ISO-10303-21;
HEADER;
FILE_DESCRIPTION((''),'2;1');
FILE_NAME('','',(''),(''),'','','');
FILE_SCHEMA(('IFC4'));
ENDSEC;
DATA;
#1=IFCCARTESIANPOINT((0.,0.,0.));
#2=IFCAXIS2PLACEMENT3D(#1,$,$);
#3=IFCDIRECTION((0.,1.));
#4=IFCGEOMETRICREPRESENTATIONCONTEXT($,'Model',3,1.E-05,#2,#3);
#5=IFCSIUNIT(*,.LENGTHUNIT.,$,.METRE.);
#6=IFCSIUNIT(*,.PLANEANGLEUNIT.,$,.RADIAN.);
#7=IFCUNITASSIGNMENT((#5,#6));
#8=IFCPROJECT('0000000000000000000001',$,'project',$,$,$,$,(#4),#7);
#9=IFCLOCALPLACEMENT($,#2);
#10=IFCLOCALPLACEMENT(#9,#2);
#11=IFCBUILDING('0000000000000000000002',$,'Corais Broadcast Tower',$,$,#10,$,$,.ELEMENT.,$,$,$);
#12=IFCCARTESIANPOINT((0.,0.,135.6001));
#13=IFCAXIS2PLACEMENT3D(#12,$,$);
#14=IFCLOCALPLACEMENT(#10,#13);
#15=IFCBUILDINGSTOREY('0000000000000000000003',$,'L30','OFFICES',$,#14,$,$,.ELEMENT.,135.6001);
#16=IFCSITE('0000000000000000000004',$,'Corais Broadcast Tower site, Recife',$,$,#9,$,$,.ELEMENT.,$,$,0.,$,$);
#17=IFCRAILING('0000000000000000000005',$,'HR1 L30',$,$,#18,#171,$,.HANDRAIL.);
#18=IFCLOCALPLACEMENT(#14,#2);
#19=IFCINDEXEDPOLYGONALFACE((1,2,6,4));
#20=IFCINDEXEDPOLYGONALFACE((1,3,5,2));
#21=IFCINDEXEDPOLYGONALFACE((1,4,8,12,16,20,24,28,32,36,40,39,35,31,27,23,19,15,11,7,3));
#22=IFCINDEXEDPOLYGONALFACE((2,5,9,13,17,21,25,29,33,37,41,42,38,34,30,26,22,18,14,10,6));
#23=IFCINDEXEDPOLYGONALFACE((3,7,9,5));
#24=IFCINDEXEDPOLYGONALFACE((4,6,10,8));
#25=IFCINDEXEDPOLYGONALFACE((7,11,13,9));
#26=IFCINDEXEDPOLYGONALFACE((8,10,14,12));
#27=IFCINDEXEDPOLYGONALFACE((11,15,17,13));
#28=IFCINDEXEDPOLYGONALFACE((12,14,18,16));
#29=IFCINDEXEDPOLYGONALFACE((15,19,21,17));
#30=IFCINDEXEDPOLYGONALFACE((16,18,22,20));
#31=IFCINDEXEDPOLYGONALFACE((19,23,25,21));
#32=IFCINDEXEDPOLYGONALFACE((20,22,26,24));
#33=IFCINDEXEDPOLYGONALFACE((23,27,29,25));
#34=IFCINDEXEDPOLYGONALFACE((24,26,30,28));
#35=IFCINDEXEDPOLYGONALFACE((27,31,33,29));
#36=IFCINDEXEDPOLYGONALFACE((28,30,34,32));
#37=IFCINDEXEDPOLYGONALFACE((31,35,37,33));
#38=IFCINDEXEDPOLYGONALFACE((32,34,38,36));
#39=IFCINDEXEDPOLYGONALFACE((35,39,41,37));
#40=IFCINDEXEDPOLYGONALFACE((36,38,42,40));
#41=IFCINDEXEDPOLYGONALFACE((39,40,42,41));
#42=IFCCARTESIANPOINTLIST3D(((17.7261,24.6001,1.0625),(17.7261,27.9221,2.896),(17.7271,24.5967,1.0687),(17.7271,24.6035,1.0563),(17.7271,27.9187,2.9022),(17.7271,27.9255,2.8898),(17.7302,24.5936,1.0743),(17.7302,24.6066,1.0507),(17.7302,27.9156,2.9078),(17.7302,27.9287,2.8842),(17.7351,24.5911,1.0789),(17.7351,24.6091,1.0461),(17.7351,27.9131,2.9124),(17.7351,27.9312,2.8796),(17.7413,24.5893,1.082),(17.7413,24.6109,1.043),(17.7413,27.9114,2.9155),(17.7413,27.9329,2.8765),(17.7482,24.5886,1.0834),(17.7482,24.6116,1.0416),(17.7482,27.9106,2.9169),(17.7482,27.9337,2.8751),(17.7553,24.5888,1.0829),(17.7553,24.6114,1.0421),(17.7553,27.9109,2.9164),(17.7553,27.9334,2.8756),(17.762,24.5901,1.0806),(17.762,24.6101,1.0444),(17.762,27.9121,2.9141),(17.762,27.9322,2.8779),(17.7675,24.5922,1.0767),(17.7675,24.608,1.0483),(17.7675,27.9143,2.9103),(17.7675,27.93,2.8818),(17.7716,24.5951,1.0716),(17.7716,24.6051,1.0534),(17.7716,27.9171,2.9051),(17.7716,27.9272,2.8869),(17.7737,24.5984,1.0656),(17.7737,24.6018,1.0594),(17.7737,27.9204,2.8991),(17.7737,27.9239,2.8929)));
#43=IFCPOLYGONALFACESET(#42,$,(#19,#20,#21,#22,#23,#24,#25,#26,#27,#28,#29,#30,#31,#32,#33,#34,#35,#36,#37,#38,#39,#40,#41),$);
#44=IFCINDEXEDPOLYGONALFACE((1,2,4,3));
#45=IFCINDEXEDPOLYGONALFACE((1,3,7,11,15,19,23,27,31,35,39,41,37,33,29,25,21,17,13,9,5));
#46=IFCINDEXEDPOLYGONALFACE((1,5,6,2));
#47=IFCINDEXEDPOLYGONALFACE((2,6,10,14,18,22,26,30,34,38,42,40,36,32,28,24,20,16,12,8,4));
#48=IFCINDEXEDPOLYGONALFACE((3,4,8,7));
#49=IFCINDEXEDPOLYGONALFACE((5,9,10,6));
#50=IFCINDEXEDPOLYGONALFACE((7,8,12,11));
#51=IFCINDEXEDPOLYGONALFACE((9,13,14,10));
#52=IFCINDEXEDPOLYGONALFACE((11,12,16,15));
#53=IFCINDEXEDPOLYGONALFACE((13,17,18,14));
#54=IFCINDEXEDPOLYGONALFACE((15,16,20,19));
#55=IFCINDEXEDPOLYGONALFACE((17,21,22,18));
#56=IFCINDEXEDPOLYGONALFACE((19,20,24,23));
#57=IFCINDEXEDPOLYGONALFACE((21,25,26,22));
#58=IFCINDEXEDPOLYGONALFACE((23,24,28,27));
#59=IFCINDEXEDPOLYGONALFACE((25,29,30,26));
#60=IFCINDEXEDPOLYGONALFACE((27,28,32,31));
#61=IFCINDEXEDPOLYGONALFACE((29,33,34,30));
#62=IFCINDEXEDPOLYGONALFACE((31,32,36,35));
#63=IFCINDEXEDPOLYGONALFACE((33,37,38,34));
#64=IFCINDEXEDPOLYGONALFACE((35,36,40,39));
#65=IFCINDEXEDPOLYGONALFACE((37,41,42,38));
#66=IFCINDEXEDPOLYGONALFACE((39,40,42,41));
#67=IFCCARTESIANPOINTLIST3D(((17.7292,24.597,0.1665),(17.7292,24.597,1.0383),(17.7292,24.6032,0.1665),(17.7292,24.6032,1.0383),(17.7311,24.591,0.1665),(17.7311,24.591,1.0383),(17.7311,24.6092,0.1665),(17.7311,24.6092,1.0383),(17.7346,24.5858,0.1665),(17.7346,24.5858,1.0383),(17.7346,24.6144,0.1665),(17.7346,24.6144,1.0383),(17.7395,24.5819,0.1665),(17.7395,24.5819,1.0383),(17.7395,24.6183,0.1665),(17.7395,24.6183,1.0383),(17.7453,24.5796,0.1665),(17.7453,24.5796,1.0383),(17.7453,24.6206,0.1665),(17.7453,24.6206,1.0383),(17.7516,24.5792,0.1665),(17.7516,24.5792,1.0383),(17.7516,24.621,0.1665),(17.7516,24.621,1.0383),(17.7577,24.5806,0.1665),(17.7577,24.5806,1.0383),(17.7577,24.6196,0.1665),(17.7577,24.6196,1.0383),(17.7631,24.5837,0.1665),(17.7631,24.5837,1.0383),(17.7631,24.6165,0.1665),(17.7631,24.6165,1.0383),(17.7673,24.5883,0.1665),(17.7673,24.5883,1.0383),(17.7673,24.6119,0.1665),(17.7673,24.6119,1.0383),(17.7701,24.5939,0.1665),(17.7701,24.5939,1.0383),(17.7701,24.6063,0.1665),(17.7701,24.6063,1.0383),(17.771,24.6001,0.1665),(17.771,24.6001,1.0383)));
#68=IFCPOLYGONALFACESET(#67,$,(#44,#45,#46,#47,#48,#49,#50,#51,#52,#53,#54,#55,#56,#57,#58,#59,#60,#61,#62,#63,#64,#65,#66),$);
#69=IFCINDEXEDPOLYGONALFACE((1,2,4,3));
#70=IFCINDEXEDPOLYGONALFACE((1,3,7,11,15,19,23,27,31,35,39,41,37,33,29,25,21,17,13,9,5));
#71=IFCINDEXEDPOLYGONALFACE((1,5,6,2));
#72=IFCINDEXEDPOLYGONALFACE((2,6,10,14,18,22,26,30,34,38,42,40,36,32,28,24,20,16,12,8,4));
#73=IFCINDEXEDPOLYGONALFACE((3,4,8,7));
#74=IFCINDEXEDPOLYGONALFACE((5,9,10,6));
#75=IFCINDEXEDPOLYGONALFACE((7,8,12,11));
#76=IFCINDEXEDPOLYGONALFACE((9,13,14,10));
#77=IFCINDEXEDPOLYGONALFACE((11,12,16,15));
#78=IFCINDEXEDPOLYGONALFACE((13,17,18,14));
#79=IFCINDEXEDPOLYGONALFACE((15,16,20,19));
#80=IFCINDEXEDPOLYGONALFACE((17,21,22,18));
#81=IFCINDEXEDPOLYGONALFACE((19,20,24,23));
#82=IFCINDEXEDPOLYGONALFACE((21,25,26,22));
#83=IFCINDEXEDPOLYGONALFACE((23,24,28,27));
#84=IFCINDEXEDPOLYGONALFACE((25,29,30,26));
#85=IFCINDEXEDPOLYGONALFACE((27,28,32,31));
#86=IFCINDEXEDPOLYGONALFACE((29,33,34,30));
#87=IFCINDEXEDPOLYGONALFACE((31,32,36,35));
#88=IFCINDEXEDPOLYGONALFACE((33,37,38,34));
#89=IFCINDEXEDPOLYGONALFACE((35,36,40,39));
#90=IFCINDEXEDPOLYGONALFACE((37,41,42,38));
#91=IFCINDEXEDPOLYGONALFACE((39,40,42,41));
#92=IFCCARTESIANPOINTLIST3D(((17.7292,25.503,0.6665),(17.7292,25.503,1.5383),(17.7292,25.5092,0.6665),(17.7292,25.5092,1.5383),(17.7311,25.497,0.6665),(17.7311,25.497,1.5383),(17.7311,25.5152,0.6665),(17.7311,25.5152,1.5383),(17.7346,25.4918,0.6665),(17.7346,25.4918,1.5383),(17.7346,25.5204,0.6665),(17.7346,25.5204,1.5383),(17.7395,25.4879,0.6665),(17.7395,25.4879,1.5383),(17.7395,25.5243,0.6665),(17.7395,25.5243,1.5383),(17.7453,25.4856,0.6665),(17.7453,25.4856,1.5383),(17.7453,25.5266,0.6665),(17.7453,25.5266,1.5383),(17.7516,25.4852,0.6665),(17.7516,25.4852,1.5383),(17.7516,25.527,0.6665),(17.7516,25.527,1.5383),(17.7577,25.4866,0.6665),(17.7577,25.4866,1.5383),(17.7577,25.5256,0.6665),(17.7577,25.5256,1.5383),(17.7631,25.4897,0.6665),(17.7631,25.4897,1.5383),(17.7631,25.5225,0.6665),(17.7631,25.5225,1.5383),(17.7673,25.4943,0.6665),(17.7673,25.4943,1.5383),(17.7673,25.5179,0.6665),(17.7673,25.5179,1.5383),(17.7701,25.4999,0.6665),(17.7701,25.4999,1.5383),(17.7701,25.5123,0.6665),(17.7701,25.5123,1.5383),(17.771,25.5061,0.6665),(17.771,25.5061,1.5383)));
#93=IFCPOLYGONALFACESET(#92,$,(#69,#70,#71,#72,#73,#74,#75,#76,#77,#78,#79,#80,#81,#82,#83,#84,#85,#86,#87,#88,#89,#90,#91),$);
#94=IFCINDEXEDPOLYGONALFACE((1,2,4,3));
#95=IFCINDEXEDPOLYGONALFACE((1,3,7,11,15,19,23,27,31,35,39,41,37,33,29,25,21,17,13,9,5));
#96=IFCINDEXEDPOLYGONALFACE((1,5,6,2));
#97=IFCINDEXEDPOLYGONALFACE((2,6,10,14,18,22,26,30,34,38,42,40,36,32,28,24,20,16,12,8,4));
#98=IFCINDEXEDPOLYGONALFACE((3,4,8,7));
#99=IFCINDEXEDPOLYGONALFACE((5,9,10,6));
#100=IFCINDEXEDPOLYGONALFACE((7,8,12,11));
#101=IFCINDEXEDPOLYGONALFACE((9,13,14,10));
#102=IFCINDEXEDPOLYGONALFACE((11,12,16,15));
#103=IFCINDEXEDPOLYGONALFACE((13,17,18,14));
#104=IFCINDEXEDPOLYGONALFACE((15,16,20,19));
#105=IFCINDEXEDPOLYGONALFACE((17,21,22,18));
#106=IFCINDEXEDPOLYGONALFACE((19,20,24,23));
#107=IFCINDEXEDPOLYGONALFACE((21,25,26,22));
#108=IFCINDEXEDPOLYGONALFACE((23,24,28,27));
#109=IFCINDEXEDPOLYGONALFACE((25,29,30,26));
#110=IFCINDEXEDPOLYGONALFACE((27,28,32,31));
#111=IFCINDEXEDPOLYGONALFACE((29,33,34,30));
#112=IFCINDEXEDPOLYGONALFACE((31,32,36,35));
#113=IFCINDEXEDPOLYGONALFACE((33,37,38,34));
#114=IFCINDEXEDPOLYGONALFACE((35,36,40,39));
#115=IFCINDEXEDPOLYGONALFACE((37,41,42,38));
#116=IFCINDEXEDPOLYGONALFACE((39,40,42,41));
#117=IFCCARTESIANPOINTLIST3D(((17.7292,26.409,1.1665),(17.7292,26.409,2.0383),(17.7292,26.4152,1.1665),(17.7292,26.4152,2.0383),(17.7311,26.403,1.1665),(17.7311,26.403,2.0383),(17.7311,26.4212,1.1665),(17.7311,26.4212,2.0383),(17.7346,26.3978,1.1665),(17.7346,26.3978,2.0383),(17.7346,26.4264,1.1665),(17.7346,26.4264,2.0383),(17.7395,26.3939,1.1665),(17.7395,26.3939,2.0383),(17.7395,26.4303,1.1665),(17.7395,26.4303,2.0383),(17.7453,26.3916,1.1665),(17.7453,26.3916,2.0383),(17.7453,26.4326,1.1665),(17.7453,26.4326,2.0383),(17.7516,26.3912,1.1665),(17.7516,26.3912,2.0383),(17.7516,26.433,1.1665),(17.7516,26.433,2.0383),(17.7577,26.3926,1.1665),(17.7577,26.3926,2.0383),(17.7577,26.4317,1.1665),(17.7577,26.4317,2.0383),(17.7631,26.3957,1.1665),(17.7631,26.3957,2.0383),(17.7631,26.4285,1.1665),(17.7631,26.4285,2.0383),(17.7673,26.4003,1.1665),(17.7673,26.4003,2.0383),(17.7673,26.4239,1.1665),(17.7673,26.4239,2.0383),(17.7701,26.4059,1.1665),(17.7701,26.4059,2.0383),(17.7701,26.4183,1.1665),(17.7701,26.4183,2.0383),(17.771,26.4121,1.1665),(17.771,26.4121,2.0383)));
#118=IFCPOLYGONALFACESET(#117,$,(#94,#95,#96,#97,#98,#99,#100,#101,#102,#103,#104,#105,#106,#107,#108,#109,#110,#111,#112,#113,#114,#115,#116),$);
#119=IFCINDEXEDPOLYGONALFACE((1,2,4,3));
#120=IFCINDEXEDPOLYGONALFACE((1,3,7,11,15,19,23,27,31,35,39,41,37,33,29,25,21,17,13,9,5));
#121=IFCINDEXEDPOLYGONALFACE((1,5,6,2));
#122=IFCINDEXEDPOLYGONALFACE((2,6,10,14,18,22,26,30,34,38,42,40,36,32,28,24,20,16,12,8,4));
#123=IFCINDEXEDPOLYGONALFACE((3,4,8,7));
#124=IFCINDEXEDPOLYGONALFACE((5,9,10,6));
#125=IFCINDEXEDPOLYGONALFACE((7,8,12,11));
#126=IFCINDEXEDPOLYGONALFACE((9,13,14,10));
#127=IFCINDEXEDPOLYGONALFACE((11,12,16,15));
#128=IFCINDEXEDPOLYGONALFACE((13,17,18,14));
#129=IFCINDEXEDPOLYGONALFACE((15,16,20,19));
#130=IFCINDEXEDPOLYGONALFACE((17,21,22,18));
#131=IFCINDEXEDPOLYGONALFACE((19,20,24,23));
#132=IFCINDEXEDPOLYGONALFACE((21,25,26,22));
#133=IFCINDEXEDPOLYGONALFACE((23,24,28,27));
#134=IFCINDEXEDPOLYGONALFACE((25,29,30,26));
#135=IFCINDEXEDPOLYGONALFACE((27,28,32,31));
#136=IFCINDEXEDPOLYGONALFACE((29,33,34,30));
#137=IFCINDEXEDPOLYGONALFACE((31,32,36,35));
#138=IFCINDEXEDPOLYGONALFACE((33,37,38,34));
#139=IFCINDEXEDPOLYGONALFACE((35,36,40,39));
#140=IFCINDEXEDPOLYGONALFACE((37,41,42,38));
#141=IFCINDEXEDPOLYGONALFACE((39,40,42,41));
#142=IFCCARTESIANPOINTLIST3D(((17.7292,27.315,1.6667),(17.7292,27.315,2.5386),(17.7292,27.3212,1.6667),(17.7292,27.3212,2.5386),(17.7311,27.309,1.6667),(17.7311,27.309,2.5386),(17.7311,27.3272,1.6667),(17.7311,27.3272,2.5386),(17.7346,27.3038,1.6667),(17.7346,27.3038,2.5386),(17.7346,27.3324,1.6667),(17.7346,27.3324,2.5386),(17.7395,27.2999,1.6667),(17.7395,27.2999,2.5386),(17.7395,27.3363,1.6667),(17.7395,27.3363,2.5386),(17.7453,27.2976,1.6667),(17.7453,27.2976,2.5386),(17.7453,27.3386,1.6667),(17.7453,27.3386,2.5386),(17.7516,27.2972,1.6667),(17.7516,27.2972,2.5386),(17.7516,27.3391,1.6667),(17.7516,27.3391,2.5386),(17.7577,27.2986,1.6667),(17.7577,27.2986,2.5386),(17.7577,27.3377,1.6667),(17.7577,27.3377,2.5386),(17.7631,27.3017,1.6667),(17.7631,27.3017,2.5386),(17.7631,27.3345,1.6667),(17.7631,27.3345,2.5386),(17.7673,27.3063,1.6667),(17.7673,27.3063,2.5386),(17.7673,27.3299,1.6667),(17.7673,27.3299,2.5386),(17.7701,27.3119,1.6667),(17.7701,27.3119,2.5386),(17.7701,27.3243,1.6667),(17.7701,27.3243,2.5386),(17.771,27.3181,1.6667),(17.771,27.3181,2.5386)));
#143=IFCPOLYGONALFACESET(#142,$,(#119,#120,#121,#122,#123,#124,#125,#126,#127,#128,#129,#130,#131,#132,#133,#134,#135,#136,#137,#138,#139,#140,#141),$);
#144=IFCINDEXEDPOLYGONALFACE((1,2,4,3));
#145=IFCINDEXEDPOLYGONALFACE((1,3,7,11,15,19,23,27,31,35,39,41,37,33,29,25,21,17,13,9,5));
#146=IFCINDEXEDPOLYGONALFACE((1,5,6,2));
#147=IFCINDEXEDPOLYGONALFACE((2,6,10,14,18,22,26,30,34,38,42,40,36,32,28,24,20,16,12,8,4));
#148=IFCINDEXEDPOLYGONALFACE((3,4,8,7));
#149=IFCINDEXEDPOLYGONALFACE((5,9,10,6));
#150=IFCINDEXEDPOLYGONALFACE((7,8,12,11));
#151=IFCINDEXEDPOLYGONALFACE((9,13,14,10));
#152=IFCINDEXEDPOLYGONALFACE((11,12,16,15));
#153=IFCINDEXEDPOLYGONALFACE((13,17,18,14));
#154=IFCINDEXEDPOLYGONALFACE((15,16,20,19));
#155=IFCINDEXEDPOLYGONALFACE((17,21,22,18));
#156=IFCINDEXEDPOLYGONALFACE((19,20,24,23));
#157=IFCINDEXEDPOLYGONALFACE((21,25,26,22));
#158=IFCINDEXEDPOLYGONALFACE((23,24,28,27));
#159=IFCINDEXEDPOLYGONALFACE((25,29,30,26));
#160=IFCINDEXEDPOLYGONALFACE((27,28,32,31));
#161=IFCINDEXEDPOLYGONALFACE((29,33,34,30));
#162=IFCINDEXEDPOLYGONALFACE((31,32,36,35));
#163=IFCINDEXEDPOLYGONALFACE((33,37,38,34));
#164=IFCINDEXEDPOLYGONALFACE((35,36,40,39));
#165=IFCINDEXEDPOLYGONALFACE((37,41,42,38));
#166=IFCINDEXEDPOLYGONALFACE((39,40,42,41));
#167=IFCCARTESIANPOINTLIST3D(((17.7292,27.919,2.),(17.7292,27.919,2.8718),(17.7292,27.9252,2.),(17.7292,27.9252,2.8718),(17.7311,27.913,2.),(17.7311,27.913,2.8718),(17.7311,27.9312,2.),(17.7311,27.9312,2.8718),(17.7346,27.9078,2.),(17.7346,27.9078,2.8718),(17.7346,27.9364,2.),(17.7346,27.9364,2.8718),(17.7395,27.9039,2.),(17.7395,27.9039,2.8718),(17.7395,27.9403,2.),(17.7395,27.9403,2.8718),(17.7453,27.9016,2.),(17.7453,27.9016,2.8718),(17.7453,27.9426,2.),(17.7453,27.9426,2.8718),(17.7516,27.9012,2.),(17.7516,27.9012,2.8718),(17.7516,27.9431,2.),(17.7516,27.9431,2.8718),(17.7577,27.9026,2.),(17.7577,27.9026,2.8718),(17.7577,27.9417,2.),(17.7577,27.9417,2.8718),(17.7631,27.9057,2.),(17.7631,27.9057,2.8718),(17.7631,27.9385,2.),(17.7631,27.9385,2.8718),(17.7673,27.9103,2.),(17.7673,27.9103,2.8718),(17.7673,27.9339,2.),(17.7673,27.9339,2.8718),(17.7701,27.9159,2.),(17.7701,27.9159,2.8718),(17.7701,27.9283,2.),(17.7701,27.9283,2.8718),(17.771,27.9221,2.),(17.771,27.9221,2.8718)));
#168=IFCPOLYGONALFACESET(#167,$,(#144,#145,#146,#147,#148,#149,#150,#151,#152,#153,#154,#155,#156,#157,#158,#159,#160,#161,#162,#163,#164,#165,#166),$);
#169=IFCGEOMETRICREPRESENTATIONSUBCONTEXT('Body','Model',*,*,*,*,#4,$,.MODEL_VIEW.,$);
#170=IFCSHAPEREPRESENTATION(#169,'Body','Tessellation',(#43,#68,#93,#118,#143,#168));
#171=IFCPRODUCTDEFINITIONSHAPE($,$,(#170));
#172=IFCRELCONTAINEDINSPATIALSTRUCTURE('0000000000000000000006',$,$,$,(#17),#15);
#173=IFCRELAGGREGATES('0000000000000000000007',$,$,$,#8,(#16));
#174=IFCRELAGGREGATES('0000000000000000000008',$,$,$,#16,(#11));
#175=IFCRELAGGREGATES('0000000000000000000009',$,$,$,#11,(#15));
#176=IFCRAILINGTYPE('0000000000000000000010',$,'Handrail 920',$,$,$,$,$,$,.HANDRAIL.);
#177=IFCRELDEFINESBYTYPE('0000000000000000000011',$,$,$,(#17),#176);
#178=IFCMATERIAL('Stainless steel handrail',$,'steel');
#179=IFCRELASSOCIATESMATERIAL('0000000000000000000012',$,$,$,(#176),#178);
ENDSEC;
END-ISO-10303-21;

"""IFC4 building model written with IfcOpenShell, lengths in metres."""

from ifc_helpers import new_model, si_unit, direction, frame, origin, origin_2d, place, context, subcontext, project, spatial, circle, extrude, material, type_object, element, save


model = new_model("IFC4")

# Units and contexts
model_context = context("Model", 3, precision=1e-05, world=origin(), true_north=direction((0.0, 1.0)))
body_context = subcontext(model_context, "Body", "Model", "MODEL_VIEW")
ifc_project = project(units=[si_unit("LENGTHUNIT", "METRE"), si_unit("PLANEANGLEUNIT", "RADIAN")], contexts=[model_context])

# Site, building, storey
site_placement = place(None, origin())
site = spatial("IfcSite", under=ifc_project, at=site_placement, Name="Corais Broadcast Tower site, Recife", CompositionType="ELEMENT", RefElevation=0.0)
building_placement = place(site_placement, origin())
building = spatial("IfcBuilding", under=site, at=building_placement, Name="Corais Broadcast Tower", CompositionType="ELEMENT")
storey_placement = place(building_placement, frame((0.0, 0.0, 135.6001)))
storey = spatial("IfcBuildingStorey", under=building, at=storey_placement, Name="L30", Description="OFFICES", CompositionType="ELEMENT", Elevation=135.6001)

# Railing
ifc_material_1 = material(Name="Stainless steel handrail", Category="steel")
railing_type = type_object("IfcRailingType", Name="Handrail 920", PredefinedType="HANDRAIL", material=ifc_material_1)
for number, where, name in (
    (1, (17.75, 24.6001, 0.1665), "HR1 L30"),
):
    element("IfcRailing", number, at=place(storey_placement, frame(where)), inside=storey, type_object=railing_type, Name=name, PredefinedType="HANDRAIL", context=body_context, shape_type="SweptSolid", body=[
        extrude(circle(Radius=0.0239, at=origin_2d()), frame((0.0, 0.0, 0.896), z_axis=(0.0, 0.875504, 0.48321), x_axis=(-1.0, 0.0, 0.0)), (0.0, 0.0, 1.0), 3.7944),
        extrude(circle(Radius=0.021, at=origin_2d()), origin(), (0.0, 0.0, 1.0), 0.8718),
        extrude(circle(Radius=0.021, at=origin_2d()), frame((0.0, 0.906, 0.5)), (0.0, 0.0, 1.0), 0.8718),
        extrude(circle(Radius=0.021, at=origin_2d()), frame((0.0, 1.812, 1.0)), (0.0, 0.0, 1.0), 0.8718),
        extrude(circle(Radius=0.021, at=origin_2d()), frame((0.0, 2.718, 1.5002)), (0.0, 0.0, 1.0), 0.8718),
        extrude(circle(Radius=0.021, at=origin_2d()), frame((0.0, 3.322, 1.8335)), (0.0, 0.0, 1.0), 0.8718),
    ])

save(model, "model.ifc")
